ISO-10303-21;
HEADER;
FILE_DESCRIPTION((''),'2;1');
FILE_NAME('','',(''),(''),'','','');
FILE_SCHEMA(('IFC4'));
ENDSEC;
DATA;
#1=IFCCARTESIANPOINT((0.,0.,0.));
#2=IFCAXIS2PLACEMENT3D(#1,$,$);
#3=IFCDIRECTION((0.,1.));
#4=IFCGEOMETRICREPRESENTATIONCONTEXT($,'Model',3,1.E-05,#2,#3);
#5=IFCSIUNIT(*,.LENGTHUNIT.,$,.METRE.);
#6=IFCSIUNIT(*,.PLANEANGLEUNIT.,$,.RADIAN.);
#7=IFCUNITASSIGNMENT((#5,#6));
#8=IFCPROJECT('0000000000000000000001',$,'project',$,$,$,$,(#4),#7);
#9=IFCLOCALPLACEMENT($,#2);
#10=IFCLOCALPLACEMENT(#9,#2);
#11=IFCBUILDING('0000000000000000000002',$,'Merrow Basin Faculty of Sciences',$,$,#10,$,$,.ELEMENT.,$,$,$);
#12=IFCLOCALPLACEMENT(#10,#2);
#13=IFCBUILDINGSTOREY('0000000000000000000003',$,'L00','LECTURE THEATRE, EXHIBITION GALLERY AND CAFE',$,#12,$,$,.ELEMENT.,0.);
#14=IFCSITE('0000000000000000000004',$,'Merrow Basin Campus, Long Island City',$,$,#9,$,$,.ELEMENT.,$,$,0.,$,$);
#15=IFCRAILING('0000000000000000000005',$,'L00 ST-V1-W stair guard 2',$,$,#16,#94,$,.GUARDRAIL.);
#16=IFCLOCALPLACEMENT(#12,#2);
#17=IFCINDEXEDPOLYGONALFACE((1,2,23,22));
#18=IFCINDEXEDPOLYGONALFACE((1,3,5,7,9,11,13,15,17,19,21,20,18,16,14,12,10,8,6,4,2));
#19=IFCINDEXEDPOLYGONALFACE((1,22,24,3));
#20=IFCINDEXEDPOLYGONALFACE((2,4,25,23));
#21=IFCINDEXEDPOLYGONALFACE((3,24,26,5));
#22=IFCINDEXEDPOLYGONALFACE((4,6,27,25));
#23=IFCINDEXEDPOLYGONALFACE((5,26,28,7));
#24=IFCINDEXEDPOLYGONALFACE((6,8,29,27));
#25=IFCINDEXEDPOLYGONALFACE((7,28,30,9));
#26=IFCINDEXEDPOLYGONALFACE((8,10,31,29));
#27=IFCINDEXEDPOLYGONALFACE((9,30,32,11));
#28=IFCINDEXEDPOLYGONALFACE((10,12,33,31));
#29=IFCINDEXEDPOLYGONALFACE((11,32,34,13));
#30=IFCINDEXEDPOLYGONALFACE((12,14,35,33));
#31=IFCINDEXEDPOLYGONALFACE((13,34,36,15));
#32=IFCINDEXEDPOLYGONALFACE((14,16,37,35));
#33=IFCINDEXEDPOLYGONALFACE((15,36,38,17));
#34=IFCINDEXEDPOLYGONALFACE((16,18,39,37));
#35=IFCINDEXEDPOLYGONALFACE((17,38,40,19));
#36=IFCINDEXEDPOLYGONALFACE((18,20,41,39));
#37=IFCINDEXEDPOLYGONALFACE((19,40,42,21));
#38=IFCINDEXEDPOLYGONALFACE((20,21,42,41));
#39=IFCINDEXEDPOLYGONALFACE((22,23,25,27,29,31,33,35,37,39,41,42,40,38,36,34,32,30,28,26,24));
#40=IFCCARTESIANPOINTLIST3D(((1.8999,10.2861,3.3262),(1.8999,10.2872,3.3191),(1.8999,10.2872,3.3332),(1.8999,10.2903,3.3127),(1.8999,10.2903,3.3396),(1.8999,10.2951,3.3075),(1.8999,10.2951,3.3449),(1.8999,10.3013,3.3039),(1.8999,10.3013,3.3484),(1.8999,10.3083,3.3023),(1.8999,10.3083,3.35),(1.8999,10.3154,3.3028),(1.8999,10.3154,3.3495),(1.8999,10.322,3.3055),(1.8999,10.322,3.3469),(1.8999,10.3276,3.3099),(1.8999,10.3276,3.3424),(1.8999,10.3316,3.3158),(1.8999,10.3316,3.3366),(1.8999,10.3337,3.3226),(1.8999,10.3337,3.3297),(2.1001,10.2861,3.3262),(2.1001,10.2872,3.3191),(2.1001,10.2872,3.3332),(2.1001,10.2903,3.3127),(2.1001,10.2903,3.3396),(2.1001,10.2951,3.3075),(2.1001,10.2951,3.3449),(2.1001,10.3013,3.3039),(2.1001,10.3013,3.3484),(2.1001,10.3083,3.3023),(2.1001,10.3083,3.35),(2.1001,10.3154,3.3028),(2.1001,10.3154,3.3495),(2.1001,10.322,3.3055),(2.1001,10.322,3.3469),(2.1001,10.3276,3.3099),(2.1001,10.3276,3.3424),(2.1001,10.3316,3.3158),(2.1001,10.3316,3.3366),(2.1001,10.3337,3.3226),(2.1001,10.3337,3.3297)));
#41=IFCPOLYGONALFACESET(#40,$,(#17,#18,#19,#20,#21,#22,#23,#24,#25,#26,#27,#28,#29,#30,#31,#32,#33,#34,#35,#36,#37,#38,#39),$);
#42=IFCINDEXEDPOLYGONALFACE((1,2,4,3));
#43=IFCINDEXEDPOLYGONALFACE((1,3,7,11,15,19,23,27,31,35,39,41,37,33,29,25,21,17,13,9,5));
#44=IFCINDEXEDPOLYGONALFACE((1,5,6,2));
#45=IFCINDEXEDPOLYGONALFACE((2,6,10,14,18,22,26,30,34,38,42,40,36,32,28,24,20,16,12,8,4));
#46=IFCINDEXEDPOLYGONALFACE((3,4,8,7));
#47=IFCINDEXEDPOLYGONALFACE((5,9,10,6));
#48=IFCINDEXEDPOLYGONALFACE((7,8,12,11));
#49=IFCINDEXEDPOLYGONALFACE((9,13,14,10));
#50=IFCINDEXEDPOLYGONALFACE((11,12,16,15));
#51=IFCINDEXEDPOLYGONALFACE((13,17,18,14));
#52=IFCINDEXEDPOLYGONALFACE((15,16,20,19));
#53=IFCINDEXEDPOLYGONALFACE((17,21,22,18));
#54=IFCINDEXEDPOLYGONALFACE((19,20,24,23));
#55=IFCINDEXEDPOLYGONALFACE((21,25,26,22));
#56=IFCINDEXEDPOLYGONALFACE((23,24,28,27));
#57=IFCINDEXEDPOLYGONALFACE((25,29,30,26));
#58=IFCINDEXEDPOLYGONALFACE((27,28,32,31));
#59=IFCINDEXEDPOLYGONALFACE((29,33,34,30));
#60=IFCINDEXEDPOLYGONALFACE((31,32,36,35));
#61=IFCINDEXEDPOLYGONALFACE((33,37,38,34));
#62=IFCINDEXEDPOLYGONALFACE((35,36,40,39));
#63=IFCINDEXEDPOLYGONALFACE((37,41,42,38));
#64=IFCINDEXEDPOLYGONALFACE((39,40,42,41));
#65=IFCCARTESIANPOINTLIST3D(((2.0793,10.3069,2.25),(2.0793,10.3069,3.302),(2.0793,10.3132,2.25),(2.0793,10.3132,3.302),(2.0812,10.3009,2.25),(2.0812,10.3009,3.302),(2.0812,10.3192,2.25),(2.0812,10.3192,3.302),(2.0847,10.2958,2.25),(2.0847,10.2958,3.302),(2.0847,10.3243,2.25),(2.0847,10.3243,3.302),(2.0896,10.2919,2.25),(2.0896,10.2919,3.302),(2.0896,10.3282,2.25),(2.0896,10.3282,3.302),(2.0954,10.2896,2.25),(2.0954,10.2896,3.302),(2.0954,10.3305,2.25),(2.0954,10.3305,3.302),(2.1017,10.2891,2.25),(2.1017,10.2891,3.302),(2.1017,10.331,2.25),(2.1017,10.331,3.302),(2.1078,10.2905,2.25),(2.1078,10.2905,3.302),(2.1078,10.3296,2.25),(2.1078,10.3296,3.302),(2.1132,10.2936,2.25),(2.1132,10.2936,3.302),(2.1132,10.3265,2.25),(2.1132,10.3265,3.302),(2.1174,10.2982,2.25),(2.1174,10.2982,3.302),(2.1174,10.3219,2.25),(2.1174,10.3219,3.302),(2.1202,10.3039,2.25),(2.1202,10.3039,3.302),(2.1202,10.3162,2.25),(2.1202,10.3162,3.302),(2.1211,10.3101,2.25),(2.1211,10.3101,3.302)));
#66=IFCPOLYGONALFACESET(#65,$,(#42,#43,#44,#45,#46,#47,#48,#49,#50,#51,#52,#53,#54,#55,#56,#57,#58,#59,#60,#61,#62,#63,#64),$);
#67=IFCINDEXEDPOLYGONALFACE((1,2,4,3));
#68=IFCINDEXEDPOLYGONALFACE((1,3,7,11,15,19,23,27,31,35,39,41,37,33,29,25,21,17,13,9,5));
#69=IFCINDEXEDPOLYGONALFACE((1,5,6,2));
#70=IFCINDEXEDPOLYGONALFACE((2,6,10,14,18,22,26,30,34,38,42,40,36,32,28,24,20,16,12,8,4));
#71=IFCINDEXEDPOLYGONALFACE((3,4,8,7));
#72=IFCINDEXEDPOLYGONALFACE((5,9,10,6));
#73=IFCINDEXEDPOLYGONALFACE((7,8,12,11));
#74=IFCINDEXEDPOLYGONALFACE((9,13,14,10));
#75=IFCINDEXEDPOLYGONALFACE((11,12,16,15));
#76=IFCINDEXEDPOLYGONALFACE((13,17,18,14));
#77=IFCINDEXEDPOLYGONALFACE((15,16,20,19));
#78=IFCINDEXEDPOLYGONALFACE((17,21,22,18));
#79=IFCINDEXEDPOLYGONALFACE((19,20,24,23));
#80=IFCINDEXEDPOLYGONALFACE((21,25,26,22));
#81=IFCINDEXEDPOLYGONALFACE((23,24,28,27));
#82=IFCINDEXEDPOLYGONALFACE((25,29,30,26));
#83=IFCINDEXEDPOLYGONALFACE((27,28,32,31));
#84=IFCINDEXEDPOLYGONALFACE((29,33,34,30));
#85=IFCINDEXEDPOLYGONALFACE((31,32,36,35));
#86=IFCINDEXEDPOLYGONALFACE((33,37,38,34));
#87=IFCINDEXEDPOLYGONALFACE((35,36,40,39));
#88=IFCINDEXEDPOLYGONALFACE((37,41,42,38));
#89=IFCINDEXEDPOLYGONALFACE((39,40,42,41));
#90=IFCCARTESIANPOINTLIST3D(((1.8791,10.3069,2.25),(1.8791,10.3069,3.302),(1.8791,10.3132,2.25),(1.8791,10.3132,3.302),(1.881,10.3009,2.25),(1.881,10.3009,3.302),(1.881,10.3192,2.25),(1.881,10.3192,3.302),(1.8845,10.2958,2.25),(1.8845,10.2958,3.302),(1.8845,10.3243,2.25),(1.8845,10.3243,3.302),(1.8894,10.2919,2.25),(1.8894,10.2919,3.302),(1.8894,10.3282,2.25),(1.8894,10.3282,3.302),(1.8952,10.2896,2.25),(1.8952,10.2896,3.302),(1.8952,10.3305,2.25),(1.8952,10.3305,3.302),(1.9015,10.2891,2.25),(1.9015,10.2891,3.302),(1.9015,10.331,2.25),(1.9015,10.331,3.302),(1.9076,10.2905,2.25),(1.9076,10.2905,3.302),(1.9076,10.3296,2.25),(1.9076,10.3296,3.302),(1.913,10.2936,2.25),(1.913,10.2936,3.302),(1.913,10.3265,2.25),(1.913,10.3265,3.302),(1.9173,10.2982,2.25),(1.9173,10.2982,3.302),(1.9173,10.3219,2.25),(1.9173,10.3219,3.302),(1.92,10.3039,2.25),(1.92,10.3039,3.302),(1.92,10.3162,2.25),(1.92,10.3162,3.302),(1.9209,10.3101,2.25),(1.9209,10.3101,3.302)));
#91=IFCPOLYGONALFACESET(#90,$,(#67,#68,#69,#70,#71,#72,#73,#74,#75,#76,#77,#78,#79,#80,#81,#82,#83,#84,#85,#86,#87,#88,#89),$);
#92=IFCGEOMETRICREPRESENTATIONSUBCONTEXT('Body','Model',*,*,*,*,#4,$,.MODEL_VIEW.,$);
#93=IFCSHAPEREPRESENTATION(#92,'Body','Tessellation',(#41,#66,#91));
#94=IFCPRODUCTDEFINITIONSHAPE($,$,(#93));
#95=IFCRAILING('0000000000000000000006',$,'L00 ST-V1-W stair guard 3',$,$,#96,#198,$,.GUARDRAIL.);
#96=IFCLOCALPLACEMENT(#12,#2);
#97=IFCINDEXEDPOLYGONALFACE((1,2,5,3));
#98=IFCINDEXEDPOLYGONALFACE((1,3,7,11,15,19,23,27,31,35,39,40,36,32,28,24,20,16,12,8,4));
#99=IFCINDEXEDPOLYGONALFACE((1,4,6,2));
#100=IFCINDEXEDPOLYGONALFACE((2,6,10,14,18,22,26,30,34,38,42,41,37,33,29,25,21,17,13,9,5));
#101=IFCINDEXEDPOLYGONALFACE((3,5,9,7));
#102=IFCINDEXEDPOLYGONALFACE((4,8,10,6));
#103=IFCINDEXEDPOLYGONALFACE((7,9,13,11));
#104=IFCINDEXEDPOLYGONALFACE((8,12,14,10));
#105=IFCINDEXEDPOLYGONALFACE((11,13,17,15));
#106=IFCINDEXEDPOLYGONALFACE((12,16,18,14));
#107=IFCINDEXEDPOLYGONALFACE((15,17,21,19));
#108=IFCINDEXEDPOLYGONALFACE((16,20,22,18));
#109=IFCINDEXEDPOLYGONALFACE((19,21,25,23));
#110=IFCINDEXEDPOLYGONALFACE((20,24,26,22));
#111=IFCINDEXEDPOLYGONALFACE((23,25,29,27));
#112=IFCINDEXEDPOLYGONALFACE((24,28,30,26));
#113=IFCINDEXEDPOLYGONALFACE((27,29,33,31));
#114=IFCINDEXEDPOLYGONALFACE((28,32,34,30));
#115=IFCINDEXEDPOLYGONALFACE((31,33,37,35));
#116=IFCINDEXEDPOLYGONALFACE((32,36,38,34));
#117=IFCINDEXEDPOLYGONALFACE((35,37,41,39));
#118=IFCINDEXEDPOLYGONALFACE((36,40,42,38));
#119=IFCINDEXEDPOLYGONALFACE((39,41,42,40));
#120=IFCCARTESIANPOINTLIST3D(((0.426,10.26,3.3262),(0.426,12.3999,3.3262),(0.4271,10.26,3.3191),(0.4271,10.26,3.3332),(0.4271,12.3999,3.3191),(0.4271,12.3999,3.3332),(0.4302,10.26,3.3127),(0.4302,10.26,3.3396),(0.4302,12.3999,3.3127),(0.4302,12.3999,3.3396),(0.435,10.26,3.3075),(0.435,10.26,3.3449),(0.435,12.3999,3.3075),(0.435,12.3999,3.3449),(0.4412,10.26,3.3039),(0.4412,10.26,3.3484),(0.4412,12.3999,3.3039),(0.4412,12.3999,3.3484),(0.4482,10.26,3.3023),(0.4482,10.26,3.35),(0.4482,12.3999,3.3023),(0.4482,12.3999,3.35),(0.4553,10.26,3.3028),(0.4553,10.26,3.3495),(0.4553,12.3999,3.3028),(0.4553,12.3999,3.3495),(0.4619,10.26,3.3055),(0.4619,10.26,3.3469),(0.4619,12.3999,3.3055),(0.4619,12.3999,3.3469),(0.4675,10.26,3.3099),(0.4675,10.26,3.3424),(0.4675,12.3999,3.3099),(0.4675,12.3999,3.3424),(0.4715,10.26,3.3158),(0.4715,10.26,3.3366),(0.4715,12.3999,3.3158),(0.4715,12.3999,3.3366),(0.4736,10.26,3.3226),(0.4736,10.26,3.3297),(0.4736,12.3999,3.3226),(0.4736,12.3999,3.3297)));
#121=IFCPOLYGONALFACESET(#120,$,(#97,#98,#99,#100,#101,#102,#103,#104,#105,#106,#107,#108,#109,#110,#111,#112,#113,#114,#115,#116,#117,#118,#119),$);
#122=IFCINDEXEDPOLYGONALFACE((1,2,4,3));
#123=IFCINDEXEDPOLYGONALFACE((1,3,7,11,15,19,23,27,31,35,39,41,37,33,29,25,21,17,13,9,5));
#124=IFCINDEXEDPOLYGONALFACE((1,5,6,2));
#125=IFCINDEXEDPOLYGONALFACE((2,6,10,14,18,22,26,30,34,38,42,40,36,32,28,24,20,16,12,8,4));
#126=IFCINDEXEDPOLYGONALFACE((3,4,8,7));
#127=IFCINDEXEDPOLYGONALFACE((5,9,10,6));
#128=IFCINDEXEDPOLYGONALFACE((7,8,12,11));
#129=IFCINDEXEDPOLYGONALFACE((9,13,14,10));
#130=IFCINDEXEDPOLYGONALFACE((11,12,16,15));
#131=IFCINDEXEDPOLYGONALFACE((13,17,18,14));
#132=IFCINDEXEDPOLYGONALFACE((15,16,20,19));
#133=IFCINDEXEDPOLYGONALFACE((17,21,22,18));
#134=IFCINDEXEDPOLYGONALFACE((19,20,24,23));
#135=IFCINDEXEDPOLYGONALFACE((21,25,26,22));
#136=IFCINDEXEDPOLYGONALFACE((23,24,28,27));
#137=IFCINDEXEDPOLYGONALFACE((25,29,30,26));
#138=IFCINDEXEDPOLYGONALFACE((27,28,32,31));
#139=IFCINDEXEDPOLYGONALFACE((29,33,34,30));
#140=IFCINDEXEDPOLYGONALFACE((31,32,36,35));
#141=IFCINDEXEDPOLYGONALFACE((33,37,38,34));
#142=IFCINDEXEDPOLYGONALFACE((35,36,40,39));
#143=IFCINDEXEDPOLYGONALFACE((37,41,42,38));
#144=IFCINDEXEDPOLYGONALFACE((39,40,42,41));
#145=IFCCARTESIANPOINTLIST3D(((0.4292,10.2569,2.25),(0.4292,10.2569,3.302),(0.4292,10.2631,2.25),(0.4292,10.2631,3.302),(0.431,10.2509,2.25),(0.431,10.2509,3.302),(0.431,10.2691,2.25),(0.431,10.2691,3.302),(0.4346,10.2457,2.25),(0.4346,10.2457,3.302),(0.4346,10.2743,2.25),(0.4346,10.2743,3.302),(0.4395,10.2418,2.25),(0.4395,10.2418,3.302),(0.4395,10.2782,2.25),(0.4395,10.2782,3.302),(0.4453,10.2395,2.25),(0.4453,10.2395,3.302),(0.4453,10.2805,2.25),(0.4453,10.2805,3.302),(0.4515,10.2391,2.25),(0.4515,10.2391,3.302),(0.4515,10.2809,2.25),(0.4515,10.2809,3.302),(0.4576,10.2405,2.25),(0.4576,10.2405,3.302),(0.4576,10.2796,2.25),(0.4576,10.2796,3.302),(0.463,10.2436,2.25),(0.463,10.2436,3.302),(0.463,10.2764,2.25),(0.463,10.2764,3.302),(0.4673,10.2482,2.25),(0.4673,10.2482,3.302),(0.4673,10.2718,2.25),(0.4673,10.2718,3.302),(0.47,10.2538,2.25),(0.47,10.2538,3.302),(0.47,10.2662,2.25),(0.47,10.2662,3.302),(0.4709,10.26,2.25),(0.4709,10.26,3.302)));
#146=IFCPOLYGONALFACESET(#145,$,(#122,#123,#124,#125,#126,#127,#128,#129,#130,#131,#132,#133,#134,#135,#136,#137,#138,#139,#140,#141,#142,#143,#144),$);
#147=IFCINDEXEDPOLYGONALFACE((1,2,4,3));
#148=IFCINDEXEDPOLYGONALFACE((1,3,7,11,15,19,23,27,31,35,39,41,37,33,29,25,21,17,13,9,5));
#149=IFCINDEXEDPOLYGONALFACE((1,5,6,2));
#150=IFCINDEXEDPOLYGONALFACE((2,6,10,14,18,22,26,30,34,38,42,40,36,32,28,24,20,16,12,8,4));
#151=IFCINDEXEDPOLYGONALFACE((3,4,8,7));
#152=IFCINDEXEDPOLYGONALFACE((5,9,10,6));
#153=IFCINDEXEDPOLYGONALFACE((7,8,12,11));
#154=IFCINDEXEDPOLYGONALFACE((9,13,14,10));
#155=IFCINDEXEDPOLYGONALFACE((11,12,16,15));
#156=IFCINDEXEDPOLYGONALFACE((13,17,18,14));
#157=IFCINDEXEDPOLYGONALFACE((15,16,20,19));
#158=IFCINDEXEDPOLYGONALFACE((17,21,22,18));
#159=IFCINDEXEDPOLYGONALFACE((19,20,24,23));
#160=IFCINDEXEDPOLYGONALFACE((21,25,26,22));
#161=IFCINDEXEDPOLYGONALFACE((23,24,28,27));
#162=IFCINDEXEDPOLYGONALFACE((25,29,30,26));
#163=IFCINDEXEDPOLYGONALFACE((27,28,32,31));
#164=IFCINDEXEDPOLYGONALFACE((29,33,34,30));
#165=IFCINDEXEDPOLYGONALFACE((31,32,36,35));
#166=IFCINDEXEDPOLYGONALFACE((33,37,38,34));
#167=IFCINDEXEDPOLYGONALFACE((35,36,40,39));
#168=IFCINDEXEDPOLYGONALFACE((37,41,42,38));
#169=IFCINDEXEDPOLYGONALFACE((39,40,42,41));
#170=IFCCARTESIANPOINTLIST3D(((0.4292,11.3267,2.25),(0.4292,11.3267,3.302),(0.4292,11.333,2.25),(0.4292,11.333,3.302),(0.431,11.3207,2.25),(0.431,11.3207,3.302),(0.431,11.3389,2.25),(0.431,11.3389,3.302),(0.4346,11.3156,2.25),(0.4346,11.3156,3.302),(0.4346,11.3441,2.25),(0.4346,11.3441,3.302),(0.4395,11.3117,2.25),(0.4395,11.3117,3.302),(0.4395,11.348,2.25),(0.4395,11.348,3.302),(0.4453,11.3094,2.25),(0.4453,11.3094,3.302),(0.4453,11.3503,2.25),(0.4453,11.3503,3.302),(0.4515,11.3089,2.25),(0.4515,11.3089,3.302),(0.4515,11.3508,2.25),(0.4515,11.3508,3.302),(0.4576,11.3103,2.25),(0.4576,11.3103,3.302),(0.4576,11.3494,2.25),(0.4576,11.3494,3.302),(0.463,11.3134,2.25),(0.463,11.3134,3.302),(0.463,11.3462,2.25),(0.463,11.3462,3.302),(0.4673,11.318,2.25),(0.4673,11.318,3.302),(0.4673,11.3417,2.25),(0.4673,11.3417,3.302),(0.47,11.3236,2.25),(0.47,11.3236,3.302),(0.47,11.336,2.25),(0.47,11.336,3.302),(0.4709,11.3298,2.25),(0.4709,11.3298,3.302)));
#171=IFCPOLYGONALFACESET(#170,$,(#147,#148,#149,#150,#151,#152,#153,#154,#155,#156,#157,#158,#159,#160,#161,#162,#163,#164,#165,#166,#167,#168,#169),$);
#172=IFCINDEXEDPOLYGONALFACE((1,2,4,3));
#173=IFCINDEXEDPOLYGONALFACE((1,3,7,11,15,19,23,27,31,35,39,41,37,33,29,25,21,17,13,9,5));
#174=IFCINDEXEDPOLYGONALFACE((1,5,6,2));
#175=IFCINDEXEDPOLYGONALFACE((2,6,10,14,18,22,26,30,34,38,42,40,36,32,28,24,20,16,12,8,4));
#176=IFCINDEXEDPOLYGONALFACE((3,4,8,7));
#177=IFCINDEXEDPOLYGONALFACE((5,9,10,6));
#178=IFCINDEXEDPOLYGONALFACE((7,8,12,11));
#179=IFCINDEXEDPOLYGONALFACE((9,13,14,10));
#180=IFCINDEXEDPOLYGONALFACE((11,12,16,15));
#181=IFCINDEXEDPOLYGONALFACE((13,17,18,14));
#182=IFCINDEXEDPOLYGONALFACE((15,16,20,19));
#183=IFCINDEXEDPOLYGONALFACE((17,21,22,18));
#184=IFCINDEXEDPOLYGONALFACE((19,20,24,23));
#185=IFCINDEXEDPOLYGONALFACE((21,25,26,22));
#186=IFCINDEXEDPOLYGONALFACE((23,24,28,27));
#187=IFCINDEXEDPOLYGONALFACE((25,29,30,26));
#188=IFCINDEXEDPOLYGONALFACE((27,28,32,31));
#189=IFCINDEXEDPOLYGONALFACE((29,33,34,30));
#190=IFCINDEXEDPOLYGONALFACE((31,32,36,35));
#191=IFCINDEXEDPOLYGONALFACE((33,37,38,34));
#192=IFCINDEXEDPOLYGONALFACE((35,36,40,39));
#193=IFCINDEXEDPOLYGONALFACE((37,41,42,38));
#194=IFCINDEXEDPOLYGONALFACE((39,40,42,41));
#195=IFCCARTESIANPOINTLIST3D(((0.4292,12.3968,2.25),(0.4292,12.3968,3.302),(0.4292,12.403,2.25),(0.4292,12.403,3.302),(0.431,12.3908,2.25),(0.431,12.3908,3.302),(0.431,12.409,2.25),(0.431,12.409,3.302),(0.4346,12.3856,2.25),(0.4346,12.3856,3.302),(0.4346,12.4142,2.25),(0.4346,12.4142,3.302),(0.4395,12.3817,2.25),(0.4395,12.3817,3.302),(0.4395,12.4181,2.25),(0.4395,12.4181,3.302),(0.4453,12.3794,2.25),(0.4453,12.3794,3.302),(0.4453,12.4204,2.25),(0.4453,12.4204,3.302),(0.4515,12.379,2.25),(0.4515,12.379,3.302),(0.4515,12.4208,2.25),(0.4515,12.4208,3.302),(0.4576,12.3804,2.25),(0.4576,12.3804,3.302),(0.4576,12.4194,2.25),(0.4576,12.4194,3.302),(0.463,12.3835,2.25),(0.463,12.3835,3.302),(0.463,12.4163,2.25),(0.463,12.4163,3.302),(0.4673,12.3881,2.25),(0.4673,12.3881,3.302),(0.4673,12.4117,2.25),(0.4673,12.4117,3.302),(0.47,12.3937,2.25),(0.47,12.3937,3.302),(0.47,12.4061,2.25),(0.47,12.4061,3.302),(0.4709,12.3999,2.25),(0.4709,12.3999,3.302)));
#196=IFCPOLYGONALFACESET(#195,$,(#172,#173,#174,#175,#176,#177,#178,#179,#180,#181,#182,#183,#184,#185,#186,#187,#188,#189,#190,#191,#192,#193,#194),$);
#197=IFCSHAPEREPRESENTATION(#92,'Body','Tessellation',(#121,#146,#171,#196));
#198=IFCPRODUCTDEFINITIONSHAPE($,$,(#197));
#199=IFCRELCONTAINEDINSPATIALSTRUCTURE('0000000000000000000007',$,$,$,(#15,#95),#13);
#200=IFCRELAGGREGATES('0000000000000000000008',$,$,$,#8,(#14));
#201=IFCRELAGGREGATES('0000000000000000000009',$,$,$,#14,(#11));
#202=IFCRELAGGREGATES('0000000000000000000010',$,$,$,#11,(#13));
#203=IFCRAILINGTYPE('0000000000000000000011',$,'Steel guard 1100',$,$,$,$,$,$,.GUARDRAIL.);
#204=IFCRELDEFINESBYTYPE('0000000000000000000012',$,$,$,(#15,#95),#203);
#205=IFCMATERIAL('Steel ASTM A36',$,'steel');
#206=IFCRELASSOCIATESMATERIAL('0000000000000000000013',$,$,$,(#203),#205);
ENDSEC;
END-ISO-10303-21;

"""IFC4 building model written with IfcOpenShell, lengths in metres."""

from ifc_helpers import new_model, si_unit, direction, frame, origin, origin_2d, place, context, subcontext, project, spatial, circle, extrude, material, type_object, element, save


model = new_model("IFC4")

# Units and contexts
model_context = context("Model", 3, precision=1e-05, world=origin(), true_north=direction((0.0, 1.0)))
body_context = subcontext(model_context, "Body", "Model", "MODEL_VIEW")
ifc_project = project(units=[si_unit("LENGTHUNIT", "METRE"), si_unit("PLANEANGLEUNIT", "RADIAN")], contexts=[model_context])

# Site, building, storey
site_placement = place(None, origin())
site = spatial("IfcSite", under=ifc_project, at=site_placement, Name="Merrow Basin Campus, Long Island City", CompositionType="ELEMENT", RefElevation=0.0)
building_placement = place(site_placement, origin())
building = spatial("IfcBuilding", under=site, at=building_placement, Name="Merrow Basin Faculty of Sciences", CompositionType="ELEMENT")
storey_placement = place(building_placement, origin())
storey = spatial("IfcBuildingStorey", under=building, at=storey_placement, Name="L00", Description="LECTURE THEATRE, EXHIBITION GALLERY AND CAFE", CompositionType="ELEMENT", Elevation=0.0)

# Railings
ifc_material_1 = material(Name="Steel ASTM A36", Category="steel")
railing_type_1 = type_object("IfcRailingType", Name="Steel guard 1100", PredefinedType="GUARDRAIL", material=ifc_material_1)
railing_1_placement = place(storey_placement, frame((2.1001, 10.3101, 2.25)))
element("IfcRailing", 1, at=railing_1_placement, inside=storey, type_object=railing_type_1, Name="L00 ST-V1-W stair guard 2", PredefinedType="GUARDRAIL", context=body_context, shape_type="SweptSolid", body=[
    extrude(circle(Radius=0.0239, at=origin_2d()), frame((0.0, 0.0, 1.0762), z_axis=(-1.0, 0.0, 0.0), x_axis=(0.0, -1.0, 0.0)), (0.0, 0.0, 1.0), 0.2002),
    extrude(circle(Radius=0.021, at=origin_2d()), origin(), (0.0, 0.0, 1.0), 1.052),
    extrude(circle(Radius=0.021, at=origin_2d()), frame((-0.2002, 0.0, 0.0)), (0.0, 0.0, 1.0), 1.052),
])
railing_2_placement = place(storey_placement, frame((0.45, 10.26, 2.25)))
element("IfcRailing", 2, at=railing_2_placement, inside=storey, type_object=railing_type_1, Name="L00 ST-V1-W stair guard 3", PredefinedType="GUARDRAIL", context=body_context, shape_type="SweptSolid", body=[
    extrude(circle(Radius=0.0239, at=origin_2d()), frame((0.0, 0.0, 1.0762), z_axis=(0.0, 1.0, 0.0), x_axis=(-1.0, 0.0, 0.0)), (0.0, 0.0, 1.0), 2.1399),
    extrude(circle(Radius=0.021, at=origin_2d()), origin(), (0.0, 0.0, 1.0), 1.052),
    extrude(circle(Radius=0.021, at=origin_2d()), frame((0.0, 1.0698, 0.0)), (0.0, 0.0, 1.0), 1.052),
    extrude(circle(Radius=0.021, at=origin_2d()), frame((0.0, 2.1399, 0.0)), (0.0, 0.0, 1.0), 1.052),
])

save(model, "model.ifc")
